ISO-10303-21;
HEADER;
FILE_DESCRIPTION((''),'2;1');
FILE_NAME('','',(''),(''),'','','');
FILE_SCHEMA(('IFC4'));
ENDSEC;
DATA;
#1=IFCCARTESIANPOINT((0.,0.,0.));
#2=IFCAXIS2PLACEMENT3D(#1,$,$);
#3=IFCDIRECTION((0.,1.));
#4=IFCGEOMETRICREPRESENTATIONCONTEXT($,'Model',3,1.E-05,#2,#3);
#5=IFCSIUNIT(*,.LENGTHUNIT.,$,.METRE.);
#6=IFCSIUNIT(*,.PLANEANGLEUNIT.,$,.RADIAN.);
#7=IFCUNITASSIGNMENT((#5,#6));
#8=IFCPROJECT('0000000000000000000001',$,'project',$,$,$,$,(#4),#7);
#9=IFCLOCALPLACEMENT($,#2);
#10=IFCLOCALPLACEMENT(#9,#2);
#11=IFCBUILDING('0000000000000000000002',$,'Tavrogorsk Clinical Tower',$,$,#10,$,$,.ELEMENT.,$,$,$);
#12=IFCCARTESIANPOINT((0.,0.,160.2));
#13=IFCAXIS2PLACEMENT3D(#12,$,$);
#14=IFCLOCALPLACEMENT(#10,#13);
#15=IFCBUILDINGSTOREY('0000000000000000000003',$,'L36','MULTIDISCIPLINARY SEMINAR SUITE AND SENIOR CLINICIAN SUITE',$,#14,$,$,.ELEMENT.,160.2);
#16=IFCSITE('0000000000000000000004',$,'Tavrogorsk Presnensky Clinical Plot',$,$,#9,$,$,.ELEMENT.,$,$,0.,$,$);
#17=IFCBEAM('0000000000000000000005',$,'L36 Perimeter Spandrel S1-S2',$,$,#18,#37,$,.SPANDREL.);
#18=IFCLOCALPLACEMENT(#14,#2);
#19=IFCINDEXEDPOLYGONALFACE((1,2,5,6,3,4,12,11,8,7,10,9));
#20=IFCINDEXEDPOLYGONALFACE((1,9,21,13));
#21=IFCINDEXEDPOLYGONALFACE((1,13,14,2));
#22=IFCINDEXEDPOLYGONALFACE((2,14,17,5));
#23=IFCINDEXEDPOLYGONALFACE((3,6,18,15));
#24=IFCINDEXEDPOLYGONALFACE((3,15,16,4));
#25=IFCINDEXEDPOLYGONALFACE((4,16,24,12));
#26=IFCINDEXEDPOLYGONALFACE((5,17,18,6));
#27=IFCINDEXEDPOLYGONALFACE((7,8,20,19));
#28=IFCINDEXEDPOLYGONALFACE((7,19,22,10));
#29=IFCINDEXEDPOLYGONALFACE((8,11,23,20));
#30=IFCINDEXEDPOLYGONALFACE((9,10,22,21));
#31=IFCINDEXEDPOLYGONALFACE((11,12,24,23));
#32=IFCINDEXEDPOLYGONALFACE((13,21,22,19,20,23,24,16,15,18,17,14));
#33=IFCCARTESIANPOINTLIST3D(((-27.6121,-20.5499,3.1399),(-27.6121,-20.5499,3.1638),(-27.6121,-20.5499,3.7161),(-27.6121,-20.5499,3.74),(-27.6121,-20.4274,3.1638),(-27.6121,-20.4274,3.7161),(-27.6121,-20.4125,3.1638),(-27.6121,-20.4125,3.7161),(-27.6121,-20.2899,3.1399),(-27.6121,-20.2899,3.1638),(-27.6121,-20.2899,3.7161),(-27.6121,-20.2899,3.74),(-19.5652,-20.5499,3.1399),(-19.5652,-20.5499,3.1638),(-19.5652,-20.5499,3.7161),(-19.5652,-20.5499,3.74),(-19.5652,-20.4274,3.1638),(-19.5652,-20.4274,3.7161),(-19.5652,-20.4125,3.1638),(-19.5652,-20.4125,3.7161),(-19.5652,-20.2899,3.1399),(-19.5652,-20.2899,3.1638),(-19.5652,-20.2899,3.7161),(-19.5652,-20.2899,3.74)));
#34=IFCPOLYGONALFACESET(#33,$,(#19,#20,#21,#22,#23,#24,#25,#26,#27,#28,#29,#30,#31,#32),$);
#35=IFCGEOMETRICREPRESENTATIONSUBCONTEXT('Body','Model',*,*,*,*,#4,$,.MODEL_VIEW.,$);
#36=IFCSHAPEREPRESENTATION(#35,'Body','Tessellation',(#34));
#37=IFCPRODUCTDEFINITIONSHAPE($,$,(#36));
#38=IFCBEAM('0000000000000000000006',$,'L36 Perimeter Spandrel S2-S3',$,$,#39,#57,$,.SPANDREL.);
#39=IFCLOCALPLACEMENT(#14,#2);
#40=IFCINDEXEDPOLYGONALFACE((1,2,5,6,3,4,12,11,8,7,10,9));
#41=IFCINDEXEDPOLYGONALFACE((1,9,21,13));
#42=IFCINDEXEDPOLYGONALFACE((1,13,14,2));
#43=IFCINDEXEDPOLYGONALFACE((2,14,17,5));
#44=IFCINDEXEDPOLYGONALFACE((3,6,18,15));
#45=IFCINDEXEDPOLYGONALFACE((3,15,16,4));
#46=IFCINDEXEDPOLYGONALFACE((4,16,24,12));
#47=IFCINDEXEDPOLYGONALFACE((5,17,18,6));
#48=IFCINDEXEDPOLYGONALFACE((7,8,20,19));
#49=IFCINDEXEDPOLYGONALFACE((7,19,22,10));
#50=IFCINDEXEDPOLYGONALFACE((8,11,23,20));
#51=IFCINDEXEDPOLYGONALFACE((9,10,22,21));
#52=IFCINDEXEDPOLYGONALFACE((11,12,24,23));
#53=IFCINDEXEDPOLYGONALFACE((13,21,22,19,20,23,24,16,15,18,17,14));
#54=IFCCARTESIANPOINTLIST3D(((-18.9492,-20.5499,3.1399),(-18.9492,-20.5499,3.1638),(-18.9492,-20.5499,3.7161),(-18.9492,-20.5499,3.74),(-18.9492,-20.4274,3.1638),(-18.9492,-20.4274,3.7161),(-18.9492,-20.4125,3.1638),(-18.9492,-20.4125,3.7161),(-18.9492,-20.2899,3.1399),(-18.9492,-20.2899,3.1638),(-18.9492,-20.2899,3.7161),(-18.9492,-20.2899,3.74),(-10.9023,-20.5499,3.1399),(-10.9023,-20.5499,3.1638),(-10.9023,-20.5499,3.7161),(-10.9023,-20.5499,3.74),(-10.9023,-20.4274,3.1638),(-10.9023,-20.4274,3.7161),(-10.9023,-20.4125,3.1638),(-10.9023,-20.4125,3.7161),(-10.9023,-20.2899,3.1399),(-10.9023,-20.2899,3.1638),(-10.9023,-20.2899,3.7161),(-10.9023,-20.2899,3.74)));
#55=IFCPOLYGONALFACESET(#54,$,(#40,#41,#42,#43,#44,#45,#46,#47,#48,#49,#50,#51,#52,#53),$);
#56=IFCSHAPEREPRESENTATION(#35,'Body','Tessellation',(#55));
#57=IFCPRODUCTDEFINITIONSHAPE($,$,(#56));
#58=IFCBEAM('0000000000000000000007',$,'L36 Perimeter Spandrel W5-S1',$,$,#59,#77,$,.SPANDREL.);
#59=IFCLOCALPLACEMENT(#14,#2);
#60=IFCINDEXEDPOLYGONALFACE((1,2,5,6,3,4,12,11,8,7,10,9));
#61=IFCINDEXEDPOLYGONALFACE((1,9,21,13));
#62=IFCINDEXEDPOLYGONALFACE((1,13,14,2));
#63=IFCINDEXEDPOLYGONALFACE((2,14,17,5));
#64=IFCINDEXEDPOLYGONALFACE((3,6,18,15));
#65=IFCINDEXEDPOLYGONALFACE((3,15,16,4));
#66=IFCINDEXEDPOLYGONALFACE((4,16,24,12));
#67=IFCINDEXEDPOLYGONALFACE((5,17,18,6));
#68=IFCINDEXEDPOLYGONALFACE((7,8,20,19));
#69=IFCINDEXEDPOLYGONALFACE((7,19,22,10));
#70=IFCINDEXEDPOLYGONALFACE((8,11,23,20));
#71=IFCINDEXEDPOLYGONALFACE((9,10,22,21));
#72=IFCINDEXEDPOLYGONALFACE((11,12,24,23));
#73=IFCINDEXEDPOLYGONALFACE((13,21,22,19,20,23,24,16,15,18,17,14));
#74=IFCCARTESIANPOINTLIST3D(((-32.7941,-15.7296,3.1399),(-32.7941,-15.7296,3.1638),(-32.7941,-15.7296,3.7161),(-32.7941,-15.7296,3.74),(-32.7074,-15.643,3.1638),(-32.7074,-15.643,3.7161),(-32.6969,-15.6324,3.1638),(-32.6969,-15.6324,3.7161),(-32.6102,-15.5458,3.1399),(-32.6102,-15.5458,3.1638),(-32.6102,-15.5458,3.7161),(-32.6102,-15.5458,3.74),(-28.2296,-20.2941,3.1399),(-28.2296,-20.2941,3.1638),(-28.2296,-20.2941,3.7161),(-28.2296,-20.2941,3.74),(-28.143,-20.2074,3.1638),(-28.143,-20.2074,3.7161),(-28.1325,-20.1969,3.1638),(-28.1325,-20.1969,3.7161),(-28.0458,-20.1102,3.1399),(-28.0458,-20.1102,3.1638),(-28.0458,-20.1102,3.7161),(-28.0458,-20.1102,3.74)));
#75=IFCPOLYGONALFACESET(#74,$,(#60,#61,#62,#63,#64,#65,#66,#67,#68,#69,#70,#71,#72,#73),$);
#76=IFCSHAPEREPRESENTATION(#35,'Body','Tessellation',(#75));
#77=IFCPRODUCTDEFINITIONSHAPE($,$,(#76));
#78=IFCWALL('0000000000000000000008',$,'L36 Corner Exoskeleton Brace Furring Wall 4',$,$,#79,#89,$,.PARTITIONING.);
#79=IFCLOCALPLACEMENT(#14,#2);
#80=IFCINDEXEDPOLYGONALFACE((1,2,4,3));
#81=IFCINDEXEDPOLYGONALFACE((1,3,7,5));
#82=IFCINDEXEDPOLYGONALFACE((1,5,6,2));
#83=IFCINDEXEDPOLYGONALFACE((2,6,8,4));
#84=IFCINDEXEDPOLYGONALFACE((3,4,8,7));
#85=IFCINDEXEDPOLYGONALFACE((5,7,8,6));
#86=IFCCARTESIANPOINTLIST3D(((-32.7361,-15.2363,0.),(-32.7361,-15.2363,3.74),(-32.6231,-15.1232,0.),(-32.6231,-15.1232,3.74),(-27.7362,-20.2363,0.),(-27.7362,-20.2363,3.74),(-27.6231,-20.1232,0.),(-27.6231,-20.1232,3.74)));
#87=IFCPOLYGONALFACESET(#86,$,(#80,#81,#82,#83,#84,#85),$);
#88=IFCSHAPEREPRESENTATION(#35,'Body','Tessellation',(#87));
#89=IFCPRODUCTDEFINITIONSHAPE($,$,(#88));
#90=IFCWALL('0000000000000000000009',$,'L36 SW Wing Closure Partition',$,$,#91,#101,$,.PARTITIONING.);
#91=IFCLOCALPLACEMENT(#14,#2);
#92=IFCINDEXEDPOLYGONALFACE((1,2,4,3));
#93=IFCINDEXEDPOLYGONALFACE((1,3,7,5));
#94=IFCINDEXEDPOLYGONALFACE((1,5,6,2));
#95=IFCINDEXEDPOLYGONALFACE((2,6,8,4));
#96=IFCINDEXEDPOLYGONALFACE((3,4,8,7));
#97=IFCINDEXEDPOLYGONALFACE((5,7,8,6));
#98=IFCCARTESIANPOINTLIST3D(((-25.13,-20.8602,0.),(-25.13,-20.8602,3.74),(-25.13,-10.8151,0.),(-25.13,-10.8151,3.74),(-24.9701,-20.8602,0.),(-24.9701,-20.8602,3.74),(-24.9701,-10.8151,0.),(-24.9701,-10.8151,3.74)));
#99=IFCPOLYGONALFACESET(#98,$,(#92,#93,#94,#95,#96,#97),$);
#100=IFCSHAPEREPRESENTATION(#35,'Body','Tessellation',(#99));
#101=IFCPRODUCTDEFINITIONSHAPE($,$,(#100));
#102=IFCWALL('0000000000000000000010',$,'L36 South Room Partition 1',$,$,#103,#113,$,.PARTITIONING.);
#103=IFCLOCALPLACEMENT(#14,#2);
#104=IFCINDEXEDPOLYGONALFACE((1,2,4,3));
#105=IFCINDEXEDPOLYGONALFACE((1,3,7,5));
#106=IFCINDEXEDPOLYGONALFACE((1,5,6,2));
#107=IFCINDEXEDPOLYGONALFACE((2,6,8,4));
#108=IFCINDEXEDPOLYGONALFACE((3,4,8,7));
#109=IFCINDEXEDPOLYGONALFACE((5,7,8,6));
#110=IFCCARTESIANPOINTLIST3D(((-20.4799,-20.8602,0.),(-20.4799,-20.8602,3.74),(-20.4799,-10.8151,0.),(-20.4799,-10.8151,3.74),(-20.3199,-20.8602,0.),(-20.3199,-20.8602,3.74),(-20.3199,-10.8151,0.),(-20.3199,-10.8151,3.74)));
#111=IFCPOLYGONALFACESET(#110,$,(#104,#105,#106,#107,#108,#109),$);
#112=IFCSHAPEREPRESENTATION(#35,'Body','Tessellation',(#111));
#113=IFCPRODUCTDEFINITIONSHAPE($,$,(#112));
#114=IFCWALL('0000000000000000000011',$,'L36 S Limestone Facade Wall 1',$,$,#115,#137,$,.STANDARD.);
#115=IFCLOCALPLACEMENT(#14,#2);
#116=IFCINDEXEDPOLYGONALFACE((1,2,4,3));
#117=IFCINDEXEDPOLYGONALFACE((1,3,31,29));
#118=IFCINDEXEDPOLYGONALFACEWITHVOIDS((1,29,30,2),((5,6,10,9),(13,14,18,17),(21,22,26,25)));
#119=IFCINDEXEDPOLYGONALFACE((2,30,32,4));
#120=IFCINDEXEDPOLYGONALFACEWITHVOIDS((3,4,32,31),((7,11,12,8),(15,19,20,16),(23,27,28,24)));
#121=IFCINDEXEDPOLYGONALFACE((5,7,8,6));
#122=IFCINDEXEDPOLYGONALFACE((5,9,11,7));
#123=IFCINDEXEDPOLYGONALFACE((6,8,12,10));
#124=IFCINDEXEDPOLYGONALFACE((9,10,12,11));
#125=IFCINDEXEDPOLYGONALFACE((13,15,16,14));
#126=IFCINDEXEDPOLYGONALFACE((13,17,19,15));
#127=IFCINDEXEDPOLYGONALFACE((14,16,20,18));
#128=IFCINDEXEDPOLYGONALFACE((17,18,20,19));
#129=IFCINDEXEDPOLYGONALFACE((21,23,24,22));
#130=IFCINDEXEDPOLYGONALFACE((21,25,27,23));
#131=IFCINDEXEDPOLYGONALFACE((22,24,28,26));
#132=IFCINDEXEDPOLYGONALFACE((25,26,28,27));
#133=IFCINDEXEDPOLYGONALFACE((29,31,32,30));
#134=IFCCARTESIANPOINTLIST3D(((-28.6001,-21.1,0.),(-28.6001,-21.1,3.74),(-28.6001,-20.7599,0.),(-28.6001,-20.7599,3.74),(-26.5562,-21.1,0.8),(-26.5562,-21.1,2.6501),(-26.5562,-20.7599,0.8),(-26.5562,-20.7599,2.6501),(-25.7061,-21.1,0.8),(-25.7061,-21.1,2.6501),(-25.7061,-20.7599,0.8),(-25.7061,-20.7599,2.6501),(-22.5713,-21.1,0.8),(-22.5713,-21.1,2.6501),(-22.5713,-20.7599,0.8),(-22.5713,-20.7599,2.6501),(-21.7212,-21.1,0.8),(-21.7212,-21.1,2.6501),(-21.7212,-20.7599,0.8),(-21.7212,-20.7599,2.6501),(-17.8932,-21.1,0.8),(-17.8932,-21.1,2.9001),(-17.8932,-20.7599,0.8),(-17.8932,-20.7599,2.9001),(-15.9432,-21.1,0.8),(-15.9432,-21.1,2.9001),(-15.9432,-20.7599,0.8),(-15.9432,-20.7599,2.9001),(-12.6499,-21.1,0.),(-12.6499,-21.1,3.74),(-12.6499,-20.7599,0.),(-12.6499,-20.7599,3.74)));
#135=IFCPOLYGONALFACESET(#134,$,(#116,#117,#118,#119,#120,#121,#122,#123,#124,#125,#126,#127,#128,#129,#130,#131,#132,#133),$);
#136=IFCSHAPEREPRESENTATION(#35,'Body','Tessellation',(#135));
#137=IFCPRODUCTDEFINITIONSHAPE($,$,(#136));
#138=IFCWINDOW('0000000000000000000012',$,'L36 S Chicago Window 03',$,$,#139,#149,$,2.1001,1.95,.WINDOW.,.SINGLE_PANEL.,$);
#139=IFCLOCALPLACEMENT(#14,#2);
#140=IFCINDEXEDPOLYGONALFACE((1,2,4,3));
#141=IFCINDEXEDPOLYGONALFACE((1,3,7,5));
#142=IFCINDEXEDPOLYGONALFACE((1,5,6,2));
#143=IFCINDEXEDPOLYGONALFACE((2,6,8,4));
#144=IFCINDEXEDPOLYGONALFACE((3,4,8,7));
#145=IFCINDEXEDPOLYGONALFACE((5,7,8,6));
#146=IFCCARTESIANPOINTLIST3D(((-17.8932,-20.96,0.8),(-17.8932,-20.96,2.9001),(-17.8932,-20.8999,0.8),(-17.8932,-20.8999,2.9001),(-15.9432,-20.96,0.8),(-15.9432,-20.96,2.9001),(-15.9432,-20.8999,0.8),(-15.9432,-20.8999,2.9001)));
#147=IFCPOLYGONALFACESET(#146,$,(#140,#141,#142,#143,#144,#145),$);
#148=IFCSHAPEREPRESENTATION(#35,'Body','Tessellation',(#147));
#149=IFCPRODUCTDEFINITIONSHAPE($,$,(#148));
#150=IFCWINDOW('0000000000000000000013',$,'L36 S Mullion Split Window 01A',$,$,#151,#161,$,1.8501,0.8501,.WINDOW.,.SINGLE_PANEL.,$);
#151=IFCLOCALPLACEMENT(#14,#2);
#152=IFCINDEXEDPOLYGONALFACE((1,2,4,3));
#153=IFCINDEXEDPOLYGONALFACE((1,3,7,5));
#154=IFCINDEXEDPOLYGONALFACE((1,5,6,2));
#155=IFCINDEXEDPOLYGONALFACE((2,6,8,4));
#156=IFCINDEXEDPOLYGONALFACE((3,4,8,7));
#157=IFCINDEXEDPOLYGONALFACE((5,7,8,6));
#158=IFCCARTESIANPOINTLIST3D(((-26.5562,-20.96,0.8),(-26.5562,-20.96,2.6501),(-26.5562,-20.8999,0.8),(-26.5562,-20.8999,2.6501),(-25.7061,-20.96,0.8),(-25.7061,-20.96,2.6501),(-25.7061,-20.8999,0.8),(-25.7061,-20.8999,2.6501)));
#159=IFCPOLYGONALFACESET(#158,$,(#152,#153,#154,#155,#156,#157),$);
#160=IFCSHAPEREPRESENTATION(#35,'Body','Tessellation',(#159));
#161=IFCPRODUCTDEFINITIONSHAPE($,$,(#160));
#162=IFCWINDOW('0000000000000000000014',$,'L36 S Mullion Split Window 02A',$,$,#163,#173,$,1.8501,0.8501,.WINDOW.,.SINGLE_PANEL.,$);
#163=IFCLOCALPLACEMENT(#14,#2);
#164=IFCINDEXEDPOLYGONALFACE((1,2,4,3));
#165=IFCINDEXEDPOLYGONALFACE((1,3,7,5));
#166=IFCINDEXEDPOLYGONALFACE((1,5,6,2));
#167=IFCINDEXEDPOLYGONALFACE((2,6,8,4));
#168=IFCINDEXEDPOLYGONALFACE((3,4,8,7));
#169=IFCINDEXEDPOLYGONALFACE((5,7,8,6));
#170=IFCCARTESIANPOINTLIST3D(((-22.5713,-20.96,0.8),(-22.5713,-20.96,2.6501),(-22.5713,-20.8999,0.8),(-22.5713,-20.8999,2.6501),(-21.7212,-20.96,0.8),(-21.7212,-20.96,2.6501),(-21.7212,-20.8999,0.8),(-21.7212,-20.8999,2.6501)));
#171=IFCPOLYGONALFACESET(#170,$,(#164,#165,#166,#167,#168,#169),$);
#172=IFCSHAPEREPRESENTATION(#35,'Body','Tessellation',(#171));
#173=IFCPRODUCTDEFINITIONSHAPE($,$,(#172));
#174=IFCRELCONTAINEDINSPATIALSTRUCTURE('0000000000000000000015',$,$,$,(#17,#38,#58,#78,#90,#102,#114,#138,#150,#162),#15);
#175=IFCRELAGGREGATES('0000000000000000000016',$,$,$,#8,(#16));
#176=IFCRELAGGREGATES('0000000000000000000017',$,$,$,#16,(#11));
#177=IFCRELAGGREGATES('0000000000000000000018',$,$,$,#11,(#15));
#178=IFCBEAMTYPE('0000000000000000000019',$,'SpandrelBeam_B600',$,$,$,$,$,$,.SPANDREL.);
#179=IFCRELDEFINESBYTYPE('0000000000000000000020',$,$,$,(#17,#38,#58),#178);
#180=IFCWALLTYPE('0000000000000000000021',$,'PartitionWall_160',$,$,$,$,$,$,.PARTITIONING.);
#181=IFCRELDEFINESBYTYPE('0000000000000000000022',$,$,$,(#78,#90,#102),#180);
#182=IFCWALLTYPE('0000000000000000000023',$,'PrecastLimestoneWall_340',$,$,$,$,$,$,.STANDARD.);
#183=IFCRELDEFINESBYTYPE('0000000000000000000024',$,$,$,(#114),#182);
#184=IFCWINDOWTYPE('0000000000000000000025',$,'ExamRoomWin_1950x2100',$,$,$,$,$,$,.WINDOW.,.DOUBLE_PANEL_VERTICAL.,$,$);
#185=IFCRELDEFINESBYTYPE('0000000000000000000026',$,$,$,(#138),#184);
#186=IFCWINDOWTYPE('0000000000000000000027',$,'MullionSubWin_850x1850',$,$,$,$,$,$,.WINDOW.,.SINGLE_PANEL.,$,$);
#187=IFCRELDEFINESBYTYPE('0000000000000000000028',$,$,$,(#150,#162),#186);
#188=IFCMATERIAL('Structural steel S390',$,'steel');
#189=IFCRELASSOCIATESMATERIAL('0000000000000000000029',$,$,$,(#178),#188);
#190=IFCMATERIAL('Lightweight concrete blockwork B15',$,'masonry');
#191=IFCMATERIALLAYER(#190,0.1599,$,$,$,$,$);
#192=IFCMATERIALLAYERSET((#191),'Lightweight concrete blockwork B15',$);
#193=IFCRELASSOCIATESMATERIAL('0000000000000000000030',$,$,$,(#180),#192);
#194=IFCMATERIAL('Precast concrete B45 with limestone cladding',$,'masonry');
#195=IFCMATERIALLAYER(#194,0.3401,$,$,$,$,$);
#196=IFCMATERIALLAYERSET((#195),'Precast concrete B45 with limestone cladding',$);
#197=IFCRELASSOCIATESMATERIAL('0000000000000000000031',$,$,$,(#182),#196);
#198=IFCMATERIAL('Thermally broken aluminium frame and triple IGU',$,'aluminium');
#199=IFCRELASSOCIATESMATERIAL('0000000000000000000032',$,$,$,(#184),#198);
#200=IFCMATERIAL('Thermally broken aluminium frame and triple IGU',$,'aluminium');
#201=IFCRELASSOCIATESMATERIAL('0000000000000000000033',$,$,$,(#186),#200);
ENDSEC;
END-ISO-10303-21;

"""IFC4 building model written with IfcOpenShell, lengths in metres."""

from ifc_helpers import new_model, si_unit, direction, frame, frame_2d, origin, origin_2d, place, context, subcontext, project, spatial, rectangle, i_section, extrude, material, layer, layer_set, material_profile, profile_set, type_object, element, fill, save


model = new_model("IFC4")

# Units and contexts
model_context = context("Model", 3, precision=1e-05, world=origin(), true_north=direction((0.0, 1.0)))
body_context = subcontext(model_context, "Body", "Model", "MODEL_VIEW")
ifc_project = project(units=[si_unit("LENGTHUNIT", "METRE"), si_unit("PLANEANGLEUNIT", "RADIAN")], contexts=[model_context])

# Site, building, storey
site_placement = place(None, origin())
site = spatial("IfcSite", under=ifc_project, at=site_placement, Name="Tavrogorsk Presnensky Clinical Plot", CompositionType="ELEMENT", RefElevation=0.0)
building_placement = place(site_placement, origin())
building = spatial("IfcBuilding", under=site, at=building_placement, Name="Tavrogorsk Clinical Tower", CompositionType="ELEMENT")
storey_placement = place(building_placement, frame((0.0, 0.0, 160.2)))
storey = spatial("IfcBuildingStorey", under=building, at=storey_placement, Name="L36", Description="MULTIDISCIPLINARY SEMINAR SUITE AND SENIOR CLINICIAN SUITE", CompositionType="ELEMENT", Elevation=160.2)

# Beams
ifc_material_1 = material(Name="Structural steel S390", Category="steel")
ifc_material_profile_1 = material_profile(ifc_material_1, i_section(OverallWidth=0.26, OverallDepth=0.6001, WebThickness=0.0149, FlangeThickness=0.0239, at=origin_2d()), Name="B-600x260x15x24")
ifc_profile_set_1 = profile_set([ifc_material_profile_1], Name="Structural steel S390")
beam_type_1 = type_object("IfcBeamType", Name="SpandrelBeam_B600", PredefinedType="SPANDREL", material=ifc_profile_set_1)
for number, where, z_axis, x_axis, name in (
    (1, (-27.6121, -20.4199, 3.4399), (1.0, 0.0, 0.0), (0.0, 1.0, 0.0), "L36 Perimeter Spandrel S1-S2"),
    (2, (-18.9492, -20.4199, 3.4399), (1.0, 0.0, 0.0), (0.0, 1.0, 0.0), "L36 Perimeter Spandrel S2-S3"),
):
    element("IfcBeam", number, at=place(storey_placement, frame(where, z_axis=z_axis, x_axis=x_axis)), inside=storey, type_object=beam_type_1, Name=name, PredefinedType="SPANDREL", context=body_context, shape_type="SweptSolid", body=[
        extrude(i_section(OverallWidth=0.26, OverallDepth=0.6001, WebThickness=0.0149, FlangeThickness=0.0239, at=origin_2d()), origin(), (0.0, 0.0, 1.0), 8.0469),
    ])
beam_1_placement = place(storey_placement, frame((-32.7021, -15.6377, 3.4399), z_axis=(0.707107, -0.707107, 0.0), x_axis=(0.707107, 0.707107, 0.0)))
element("IfcBeam", 3, at=beam_1_placement, inside=storey, type_object=beam_type_1, Name="L36 Perimeter Spandrel W5-S1", PredefinedType="SPANDREL", context=body_context, shape_type="SweptSolid", body=[
    extrude(i_section(OverallWidth=0.26, OverallDepth=0.6001, WebThickness=0.0149, FlangeThickness=0.0239, at=origin_2d()), origin(), (0.0, 0.0, 1.0), 6.4551),
])

# Walls
ifc_material_2 = material(Name="Lightweight concrete blockwork B15", Category="masonry")
ifc_layer_1 = layer(ifc_material_2, 0.1599)
ifc_layer_set_1 = layer_set([ifc_layer_1], Name="Lightweight concrete blockwork B15")
wall_type_1 = type_object("IfcWallType", Name="PartitionWall_160", PredefinedType="PARTITIONING", material=ifc_layer_set_1)
wall_1_placement = place(storey_placement, frame((-32.6797, -15.1797, 0.0), z_axis=(0.0, 0.0, 1.0), x_axis=(0.707107, -0.707107, 0.0)))
element("IfcWall", 4, at=wall_1_placement, inside=storey, type_object=wall_type_1, Name="L36 Corner Exoskeleton Brace Furring Wall 4", PredefinedType="PARTITIONING", context=body_context, shape_type="SweptSolid", body=[
    extrude(rectangle(XDim=7.071, YDim=0.1599, at=frame_2d((3.5356, 0.0))), origin(), (0.0, 0.0, 1.0), 3.74),
])
for number, where, z_axis, x_axis, name in (
    (5, (-25.05, -20.8601, 0.0), (0.0, 0.0, 1.0), (0.0, 1.0, 0.0), "L36 SW Wing Closure Partition"),
    (6, (-20.3999, -20.8601, 0.0), (0.0, 0.0, 1.0), (0.0, 1.0, 0.0), "L36 South Room Partition 1"),
):
    element("IfcWall", number, at=place(storey_placement, frame(where, z_axis=z_axis, x_axis=x_axis)), inside=storey, type_object=wall_type_1, Name=name, PredefinedType="PARTITIONING", context=body_context, shape_type="SweptSolid", body=[
        extrude(rectangle(XDim=10.0452, YDim=0.1599, at=frame_2d((5.0225, 0.0))), origin(), (0.0, 0.0, 1.0), 3.74),
    ])

# Wall, openings, windows
ifc_material_3 = material(Name="Precast concrete B45 with limestone cladding", Category="masonry")
ifc_layer_2 = layer(ifc_material_3, 0.3401)
ifc_layer_set_2 = layer_set([ifc_layer_2], Name="Precast concrete B45 with limestone cladding")
wall_type_2 = type_object("IfcWallType", Name="PrecastLimestoneWall_340", PredefinedType="STANDARD", material=ifc_layer_set_2)
wall_2_placement = place(storey_placement, frame((-28.6001, -20.9299, 0.0), z_axis=(0.0, 0.0, 1.0), x_axis=(1.0, 0.0, 0.0)))
wall_2 = element("IfcWall", 7, at=wall_2_placement, inside=storey, type_object=wall_type_2, Name="L36 S Limestone Facade Wall 1", PredefinedType="STANDARD", context=body_context, shape_type="SweptSolid", body=[
    extrude(rectangle(XDim=15.9502, YDim=0.3401, at=frame_2d((7.9751, 0.0))), origin(), (0.0, 0.0, 1.0), 3.74),
])
opening_1_placement = place(wall_2_placement, frame((2.0439, 0.0, 0.8)))
opening_1 = element("IfcOpeningElement", 8, at=opening_1_placement, cuts=wall_2, PredefinedType="OPENING", context=body_context, shape_type="SweptSolid", body=[
    extrude(rectangle(XDim=0.8501, YDim=1.8501, at=frame_2d((0.425, 0.925))), frame((0.0, 0.1799, 0.0), z_axis=(0.0, -1.0, 0.0), x_axis=(1.0, 0.0, 0.0)), (0.0, 0.0, 1.0), 0.3601),
])
opening_2_placement = place(wall_2_placement, frame((6.0288, 0.0, 0.8)))
opening_2 = element("IfcOpeningElement", 9, at=opening_2_placement, cuts=wall_2, PredefinedType="OPENING", context=body_context, shape_type="SweptSolid", body=[
    extrude(rectangle(XDim=0.8501, YDim=1.8501, at=frame_2d((0.425, 0.925))), frame((0.0, 0.1799, 0.0), z_axis=(0.0, -1.0, 0.0), x_axis=(1.0, 0.0, 0.0)), (0.0, 0.0, 1.0), 0.3601),
])
opening_3_placement = place(wall_2_placement, frame((10.7068, 0.0, 0.8)))
opening_3 = element("IfcOpeningElement", 10, at=opening_3_placement, cuts=wall_2, PredefinedType="OPENING", context=body_context, shape_type="SweptSolid", body=[
    extrude(rectangle(XDim=1.95, YDim=2.1001, at=frame_2d((0.9751, 1.05))), frame((0.0, 0.1799, 0.0), z_axis=(0.0, -1.0, 0.0), x_axis=(1.0, 0.0, 0.0)), (0.0, 0.0, 1.0), 0.3601),
])
ifc_material_4 = material(Name="Thermally broken aluminium frame and triple IGU", Category="aluminium")
window_type_1 = type_object("IfcWindowType", Name="ExamRoomWin_1950x2100", PartitioningType="DOUBLE_PANEL_VERTICAL", PredefinedType="WINDOW", material=ifc_material_4)
window_1_placement = place(opening_3_placement, origin())
window_1 = element("IfcWindow", 11, at=window_1_placement, inside=storey, type_object=window_type_1, Name="L36 S Chicago Window 03", OverallHeight=2.1001, OverallWidth=1.95, PartitioningType="SINGLE_PANEL", PredefinedType="WINDOW", context=body_context, shape_type="SweptSolid", body=[
    extrude(rectangle(XDim=1.95, YDim=2.1001, at=frame_2d((0.9751, 1.05))), frame((0.0, 0.03, 0.0), z_axis=(0.0, -1.0, 0.0), x_axis=(1.0, 0.0, 0.0)), (0.0, 0.0, 1.0), 0.0601),
])
fill(opening_3, window_1)
ifc_material_5 = material(Name="Thermally broken aluminium frame and triple IGU", Category="aluminium")
window_type_2 = type_object("IfcWindowType", Name="MullionSubWin_850x1850", PartitioningType="SINGLE_PANEL", PredefinedType="WINDOW", material=ifc_material_5)
window_2_placement = place(opening_1_placement, origin())
window_2 = element("IfcWindow", 12, at=window_2_placement, inside=storey, type_object=window_type_2, Name="L36 S Mullion Split Window 01A", OverallHeight=1.8501, OverallWidth=0.8501, PartitioningType="SINGLE_PANEL", PredefinedType="WINDOW", context=body_context, shape_type="SweptSolid", body=[
    extrude(rectangle(XDim=0.8501, YDim=1.8501, at=frame_2d((0.425, 0.925))), frame((0.0, 0.03, 0.0), z_axis=(0.0, -1.0, 0.0), x_axis=(1.0, 0.0, 0.0)), (0.0, 0.0, 1.0), 0.0601),
])
fill(opening_1, window_2)
window_3_placement = place(opening_2_placement, origin())
window_3 = element("IfcWindow", 13, at=window_3_placement, inside=storey, type_object=window_type_2, Name="L36 S Mullion Split Window 02A", OverallHeight=1.8501, OverallWidth=0.8501, PartitioningType="SINGLE_PANEL", PredefinedType="WINDOW", context=body_context, shape_type="SweptSolid", body=[
    extrude(rectangle(XDim=0.8501, YDim=1.8501, at=frame_2d((0.425, 0.925))), frame((0.0, 0.03, 0.0), z_axis=(0.0, -1.0, 0.0), x_axis=(1.0, 0.0, 0.0)), (0.0, 0.0, 1.0), 0.0601),
])
fill(opening_2, window_3)

save(model, "model.ifc")
